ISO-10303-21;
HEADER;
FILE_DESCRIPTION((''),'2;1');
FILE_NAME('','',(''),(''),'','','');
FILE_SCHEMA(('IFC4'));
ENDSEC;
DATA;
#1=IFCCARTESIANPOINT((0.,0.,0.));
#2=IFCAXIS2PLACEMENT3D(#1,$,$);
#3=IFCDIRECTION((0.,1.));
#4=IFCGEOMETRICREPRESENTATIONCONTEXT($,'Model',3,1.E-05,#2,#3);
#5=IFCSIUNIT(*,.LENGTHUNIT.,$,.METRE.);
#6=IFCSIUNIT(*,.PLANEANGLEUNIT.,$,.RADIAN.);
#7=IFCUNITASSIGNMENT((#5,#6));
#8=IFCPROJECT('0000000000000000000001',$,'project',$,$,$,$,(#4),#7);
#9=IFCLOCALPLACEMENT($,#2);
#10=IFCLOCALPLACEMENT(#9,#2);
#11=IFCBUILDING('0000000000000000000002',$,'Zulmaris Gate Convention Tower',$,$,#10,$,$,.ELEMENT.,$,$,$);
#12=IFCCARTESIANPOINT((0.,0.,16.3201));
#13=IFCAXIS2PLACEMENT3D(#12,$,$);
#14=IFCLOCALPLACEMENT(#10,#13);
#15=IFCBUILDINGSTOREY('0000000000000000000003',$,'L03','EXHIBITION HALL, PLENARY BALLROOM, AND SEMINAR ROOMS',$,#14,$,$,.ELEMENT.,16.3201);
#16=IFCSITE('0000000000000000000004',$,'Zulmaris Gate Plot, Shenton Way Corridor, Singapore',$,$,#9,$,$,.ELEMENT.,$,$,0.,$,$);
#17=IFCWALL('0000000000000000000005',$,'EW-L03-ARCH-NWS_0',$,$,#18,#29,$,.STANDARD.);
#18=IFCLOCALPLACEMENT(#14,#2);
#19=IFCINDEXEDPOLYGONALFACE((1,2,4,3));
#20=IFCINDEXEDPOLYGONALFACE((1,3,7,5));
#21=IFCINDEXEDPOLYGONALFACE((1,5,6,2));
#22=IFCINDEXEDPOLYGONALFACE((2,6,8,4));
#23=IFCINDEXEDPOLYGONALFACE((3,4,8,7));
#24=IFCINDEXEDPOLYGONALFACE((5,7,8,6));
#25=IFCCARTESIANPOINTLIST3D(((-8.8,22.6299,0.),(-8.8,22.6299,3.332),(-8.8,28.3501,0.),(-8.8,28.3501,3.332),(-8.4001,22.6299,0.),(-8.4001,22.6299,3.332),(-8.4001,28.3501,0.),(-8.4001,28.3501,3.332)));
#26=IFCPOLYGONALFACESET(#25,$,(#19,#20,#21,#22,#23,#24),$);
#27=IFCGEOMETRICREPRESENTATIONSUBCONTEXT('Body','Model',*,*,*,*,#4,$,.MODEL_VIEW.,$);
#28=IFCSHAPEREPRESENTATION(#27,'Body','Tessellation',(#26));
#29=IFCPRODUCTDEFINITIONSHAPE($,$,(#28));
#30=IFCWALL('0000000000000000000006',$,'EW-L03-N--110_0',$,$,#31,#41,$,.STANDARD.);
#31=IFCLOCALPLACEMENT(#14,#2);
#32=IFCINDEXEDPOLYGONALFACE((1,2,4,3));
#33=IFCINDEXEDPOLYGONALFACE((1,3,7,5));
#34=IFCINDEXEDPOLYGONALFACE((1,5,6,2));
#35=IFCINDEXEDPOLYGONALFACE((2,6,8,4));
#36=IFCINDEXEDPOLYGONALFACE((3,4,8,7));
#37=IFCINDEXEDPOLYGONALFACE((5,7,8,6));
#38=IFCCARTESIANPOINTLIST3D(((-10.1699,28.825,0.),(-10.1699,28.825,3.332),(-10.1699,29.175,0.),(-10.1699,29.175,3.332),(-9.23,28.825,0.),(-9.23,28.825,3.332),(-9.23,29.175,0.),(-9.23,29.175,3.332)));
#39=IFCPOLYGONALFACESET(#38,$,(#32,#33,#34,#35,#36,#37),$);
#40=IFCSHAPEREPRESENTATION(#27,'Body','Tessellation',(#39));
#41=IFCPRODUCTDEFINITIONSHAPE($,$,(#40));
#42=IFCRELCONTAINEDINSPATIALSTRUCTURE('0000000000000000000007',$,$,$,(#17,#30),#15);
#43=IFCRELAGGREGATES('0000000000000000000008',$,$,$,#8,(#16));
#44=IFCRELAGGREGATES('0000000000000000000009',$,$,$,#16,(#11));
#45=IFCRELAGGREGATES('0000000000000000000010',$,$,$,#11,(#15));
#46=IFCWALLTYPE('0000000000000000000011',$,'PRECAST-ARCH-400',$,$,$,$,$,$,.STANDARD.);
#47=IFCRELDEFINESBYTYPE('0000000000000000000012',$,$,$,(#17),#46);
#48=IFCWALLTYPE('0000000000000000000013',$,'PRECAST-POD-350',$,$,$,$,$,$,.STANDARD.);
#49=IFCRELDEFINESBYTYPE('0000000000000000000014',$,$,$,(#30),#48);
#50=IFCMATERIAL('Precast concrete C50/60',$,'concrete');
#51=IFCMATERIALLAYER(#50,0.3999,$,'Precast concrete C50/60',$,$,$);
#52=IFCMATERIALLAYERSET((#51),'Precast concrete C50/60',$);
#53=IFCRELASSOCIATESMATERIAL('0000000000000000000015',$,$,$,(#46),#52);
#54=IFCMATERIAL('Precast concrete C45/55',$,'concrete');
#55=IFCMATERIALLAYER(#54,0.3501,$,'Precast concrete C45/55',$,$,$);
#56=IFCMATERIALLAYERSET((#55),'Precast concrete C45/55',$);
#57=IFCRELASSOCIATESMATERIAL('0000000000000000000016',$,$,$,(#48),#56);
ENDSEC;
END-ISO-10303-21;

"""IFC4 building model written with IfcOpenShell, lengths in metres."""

from ifc_helpers import new_model, si_unit, direction, frame, frame_2d, origin, place, context, subcontext, project, spatial, rectangle, extrude, material, layer, layer_set, type_object, element, save


model = new_model("IFC4")

# Units and contexts
model_context = context("Model", 3, precision=1e-05, world=origin(), true_north=direction((0.0, 1.0)))
body_context = subcontext(model_context, "Body", "Model", "MODEL_VIEW")
ifc_project = project(units=[si_unit("LENGTHUNIT", "METRE"), si_unit("PLANEANGLEUNIT", "RADIAN")], contexts=[model_context])

# Site, building, storey
site_placement = place(None, origin())
site = spatial("IfcSite", under=ifc_project, at=site_placement, Name="Zulmaris Gate Plot, Shenton Way Corridor, Singapore", CompositionType="ELEMENT", RefElevation=0.0)
building_placement = place(site_placement, origin())
building = spatial("IfcBuilding", under=site, at=building_placement, Name="Zulmaris Gate Convention Tower", CompositionType="ELEMENT")
storey_placement = place(building_placement, frame((0.0, 0.0, 16.3201)))
storey = spatial("IfcBuildingStorey", under=building, at=storey_placement, Name="L03", Description="EXHIBITION HALL, PLENARY BALLROOM, AND SEMINAR ROOMS", CompositionType="ELEMENT", Elevation=16.3201)

# Walls
ifc_material_1 = material(Name="Precast concrete C50/60", Category="concrete")
ifc_layer_1 = layer(ifc_material_1, 0.3999, Name="Precast concrete C50/60")
ifc_layer_set_1 = layer_set([ifc_layer_1], Name="Precast concrete C50/60")
wall_type_1 = type_object("IfcWallType", Name="PRECAST-ARCH-400", PredefinedType="STANDARD", material=ifc_layer_set_1)
wall_1_placement = place(storey_placement, frame((-8.6001, 22.6299, 0.0), z_axis=(0.0, 0.0, 1.0), x_axis=(0.0, 1.0, 0.0)))
element("IfcWall", 1, at=wall_1_placement, inside=storey, type_object=wall_type_1, Name="EW-L03-ARCH-NWS_0", PredefinedType="STANDARD", context=body_context, shape_type="SweptSolid", body=[
    extrude(rectangle(XDim=5.7202, YDim=0.3999, at=frame_2d((2.8601, 0.0))), origin(), (0.0, 0.0, 1.0), 3.332),
])
ifc_material_2 = material(Name="Precast concrete C45/55", Category="concrete")
ifc_layer_2 = layer(ifc_material_2, 0.3501, Name="Precast concrete C45/55")
ifc_layer_set_2 = layer_set([ifc_layer_2], Name="Precast concrete C45/55")
wall_type_2 = type_object("IfcWallType", Name="PRECAST-POD-350", PredefinedType="STANDARD", material=ifc_layer_set_2)
wall_2_placement = place(storey_placement, frame((-9.23, 29.0, 0.0), z_axis=(0.0, 0.0, 1.0), x_axis=(-1.0, 0.0, 0.0)))
element("IfcWall", 2, at=wall_2_placement, inside=storey, type_object=wall_type_2, Name="EW-L03-N--110_0", PredefinedType="STANDARD", context=body_context, shape_type="SweptSolid", body=[
    extrude(rectangle(XDim=0.9399, YDim=0.3501, at=frame_2d((0.47, 0.0))), origin(), (0.0, 0.0, 1.0), 3.332),
])

save(model, "model.ifc")
